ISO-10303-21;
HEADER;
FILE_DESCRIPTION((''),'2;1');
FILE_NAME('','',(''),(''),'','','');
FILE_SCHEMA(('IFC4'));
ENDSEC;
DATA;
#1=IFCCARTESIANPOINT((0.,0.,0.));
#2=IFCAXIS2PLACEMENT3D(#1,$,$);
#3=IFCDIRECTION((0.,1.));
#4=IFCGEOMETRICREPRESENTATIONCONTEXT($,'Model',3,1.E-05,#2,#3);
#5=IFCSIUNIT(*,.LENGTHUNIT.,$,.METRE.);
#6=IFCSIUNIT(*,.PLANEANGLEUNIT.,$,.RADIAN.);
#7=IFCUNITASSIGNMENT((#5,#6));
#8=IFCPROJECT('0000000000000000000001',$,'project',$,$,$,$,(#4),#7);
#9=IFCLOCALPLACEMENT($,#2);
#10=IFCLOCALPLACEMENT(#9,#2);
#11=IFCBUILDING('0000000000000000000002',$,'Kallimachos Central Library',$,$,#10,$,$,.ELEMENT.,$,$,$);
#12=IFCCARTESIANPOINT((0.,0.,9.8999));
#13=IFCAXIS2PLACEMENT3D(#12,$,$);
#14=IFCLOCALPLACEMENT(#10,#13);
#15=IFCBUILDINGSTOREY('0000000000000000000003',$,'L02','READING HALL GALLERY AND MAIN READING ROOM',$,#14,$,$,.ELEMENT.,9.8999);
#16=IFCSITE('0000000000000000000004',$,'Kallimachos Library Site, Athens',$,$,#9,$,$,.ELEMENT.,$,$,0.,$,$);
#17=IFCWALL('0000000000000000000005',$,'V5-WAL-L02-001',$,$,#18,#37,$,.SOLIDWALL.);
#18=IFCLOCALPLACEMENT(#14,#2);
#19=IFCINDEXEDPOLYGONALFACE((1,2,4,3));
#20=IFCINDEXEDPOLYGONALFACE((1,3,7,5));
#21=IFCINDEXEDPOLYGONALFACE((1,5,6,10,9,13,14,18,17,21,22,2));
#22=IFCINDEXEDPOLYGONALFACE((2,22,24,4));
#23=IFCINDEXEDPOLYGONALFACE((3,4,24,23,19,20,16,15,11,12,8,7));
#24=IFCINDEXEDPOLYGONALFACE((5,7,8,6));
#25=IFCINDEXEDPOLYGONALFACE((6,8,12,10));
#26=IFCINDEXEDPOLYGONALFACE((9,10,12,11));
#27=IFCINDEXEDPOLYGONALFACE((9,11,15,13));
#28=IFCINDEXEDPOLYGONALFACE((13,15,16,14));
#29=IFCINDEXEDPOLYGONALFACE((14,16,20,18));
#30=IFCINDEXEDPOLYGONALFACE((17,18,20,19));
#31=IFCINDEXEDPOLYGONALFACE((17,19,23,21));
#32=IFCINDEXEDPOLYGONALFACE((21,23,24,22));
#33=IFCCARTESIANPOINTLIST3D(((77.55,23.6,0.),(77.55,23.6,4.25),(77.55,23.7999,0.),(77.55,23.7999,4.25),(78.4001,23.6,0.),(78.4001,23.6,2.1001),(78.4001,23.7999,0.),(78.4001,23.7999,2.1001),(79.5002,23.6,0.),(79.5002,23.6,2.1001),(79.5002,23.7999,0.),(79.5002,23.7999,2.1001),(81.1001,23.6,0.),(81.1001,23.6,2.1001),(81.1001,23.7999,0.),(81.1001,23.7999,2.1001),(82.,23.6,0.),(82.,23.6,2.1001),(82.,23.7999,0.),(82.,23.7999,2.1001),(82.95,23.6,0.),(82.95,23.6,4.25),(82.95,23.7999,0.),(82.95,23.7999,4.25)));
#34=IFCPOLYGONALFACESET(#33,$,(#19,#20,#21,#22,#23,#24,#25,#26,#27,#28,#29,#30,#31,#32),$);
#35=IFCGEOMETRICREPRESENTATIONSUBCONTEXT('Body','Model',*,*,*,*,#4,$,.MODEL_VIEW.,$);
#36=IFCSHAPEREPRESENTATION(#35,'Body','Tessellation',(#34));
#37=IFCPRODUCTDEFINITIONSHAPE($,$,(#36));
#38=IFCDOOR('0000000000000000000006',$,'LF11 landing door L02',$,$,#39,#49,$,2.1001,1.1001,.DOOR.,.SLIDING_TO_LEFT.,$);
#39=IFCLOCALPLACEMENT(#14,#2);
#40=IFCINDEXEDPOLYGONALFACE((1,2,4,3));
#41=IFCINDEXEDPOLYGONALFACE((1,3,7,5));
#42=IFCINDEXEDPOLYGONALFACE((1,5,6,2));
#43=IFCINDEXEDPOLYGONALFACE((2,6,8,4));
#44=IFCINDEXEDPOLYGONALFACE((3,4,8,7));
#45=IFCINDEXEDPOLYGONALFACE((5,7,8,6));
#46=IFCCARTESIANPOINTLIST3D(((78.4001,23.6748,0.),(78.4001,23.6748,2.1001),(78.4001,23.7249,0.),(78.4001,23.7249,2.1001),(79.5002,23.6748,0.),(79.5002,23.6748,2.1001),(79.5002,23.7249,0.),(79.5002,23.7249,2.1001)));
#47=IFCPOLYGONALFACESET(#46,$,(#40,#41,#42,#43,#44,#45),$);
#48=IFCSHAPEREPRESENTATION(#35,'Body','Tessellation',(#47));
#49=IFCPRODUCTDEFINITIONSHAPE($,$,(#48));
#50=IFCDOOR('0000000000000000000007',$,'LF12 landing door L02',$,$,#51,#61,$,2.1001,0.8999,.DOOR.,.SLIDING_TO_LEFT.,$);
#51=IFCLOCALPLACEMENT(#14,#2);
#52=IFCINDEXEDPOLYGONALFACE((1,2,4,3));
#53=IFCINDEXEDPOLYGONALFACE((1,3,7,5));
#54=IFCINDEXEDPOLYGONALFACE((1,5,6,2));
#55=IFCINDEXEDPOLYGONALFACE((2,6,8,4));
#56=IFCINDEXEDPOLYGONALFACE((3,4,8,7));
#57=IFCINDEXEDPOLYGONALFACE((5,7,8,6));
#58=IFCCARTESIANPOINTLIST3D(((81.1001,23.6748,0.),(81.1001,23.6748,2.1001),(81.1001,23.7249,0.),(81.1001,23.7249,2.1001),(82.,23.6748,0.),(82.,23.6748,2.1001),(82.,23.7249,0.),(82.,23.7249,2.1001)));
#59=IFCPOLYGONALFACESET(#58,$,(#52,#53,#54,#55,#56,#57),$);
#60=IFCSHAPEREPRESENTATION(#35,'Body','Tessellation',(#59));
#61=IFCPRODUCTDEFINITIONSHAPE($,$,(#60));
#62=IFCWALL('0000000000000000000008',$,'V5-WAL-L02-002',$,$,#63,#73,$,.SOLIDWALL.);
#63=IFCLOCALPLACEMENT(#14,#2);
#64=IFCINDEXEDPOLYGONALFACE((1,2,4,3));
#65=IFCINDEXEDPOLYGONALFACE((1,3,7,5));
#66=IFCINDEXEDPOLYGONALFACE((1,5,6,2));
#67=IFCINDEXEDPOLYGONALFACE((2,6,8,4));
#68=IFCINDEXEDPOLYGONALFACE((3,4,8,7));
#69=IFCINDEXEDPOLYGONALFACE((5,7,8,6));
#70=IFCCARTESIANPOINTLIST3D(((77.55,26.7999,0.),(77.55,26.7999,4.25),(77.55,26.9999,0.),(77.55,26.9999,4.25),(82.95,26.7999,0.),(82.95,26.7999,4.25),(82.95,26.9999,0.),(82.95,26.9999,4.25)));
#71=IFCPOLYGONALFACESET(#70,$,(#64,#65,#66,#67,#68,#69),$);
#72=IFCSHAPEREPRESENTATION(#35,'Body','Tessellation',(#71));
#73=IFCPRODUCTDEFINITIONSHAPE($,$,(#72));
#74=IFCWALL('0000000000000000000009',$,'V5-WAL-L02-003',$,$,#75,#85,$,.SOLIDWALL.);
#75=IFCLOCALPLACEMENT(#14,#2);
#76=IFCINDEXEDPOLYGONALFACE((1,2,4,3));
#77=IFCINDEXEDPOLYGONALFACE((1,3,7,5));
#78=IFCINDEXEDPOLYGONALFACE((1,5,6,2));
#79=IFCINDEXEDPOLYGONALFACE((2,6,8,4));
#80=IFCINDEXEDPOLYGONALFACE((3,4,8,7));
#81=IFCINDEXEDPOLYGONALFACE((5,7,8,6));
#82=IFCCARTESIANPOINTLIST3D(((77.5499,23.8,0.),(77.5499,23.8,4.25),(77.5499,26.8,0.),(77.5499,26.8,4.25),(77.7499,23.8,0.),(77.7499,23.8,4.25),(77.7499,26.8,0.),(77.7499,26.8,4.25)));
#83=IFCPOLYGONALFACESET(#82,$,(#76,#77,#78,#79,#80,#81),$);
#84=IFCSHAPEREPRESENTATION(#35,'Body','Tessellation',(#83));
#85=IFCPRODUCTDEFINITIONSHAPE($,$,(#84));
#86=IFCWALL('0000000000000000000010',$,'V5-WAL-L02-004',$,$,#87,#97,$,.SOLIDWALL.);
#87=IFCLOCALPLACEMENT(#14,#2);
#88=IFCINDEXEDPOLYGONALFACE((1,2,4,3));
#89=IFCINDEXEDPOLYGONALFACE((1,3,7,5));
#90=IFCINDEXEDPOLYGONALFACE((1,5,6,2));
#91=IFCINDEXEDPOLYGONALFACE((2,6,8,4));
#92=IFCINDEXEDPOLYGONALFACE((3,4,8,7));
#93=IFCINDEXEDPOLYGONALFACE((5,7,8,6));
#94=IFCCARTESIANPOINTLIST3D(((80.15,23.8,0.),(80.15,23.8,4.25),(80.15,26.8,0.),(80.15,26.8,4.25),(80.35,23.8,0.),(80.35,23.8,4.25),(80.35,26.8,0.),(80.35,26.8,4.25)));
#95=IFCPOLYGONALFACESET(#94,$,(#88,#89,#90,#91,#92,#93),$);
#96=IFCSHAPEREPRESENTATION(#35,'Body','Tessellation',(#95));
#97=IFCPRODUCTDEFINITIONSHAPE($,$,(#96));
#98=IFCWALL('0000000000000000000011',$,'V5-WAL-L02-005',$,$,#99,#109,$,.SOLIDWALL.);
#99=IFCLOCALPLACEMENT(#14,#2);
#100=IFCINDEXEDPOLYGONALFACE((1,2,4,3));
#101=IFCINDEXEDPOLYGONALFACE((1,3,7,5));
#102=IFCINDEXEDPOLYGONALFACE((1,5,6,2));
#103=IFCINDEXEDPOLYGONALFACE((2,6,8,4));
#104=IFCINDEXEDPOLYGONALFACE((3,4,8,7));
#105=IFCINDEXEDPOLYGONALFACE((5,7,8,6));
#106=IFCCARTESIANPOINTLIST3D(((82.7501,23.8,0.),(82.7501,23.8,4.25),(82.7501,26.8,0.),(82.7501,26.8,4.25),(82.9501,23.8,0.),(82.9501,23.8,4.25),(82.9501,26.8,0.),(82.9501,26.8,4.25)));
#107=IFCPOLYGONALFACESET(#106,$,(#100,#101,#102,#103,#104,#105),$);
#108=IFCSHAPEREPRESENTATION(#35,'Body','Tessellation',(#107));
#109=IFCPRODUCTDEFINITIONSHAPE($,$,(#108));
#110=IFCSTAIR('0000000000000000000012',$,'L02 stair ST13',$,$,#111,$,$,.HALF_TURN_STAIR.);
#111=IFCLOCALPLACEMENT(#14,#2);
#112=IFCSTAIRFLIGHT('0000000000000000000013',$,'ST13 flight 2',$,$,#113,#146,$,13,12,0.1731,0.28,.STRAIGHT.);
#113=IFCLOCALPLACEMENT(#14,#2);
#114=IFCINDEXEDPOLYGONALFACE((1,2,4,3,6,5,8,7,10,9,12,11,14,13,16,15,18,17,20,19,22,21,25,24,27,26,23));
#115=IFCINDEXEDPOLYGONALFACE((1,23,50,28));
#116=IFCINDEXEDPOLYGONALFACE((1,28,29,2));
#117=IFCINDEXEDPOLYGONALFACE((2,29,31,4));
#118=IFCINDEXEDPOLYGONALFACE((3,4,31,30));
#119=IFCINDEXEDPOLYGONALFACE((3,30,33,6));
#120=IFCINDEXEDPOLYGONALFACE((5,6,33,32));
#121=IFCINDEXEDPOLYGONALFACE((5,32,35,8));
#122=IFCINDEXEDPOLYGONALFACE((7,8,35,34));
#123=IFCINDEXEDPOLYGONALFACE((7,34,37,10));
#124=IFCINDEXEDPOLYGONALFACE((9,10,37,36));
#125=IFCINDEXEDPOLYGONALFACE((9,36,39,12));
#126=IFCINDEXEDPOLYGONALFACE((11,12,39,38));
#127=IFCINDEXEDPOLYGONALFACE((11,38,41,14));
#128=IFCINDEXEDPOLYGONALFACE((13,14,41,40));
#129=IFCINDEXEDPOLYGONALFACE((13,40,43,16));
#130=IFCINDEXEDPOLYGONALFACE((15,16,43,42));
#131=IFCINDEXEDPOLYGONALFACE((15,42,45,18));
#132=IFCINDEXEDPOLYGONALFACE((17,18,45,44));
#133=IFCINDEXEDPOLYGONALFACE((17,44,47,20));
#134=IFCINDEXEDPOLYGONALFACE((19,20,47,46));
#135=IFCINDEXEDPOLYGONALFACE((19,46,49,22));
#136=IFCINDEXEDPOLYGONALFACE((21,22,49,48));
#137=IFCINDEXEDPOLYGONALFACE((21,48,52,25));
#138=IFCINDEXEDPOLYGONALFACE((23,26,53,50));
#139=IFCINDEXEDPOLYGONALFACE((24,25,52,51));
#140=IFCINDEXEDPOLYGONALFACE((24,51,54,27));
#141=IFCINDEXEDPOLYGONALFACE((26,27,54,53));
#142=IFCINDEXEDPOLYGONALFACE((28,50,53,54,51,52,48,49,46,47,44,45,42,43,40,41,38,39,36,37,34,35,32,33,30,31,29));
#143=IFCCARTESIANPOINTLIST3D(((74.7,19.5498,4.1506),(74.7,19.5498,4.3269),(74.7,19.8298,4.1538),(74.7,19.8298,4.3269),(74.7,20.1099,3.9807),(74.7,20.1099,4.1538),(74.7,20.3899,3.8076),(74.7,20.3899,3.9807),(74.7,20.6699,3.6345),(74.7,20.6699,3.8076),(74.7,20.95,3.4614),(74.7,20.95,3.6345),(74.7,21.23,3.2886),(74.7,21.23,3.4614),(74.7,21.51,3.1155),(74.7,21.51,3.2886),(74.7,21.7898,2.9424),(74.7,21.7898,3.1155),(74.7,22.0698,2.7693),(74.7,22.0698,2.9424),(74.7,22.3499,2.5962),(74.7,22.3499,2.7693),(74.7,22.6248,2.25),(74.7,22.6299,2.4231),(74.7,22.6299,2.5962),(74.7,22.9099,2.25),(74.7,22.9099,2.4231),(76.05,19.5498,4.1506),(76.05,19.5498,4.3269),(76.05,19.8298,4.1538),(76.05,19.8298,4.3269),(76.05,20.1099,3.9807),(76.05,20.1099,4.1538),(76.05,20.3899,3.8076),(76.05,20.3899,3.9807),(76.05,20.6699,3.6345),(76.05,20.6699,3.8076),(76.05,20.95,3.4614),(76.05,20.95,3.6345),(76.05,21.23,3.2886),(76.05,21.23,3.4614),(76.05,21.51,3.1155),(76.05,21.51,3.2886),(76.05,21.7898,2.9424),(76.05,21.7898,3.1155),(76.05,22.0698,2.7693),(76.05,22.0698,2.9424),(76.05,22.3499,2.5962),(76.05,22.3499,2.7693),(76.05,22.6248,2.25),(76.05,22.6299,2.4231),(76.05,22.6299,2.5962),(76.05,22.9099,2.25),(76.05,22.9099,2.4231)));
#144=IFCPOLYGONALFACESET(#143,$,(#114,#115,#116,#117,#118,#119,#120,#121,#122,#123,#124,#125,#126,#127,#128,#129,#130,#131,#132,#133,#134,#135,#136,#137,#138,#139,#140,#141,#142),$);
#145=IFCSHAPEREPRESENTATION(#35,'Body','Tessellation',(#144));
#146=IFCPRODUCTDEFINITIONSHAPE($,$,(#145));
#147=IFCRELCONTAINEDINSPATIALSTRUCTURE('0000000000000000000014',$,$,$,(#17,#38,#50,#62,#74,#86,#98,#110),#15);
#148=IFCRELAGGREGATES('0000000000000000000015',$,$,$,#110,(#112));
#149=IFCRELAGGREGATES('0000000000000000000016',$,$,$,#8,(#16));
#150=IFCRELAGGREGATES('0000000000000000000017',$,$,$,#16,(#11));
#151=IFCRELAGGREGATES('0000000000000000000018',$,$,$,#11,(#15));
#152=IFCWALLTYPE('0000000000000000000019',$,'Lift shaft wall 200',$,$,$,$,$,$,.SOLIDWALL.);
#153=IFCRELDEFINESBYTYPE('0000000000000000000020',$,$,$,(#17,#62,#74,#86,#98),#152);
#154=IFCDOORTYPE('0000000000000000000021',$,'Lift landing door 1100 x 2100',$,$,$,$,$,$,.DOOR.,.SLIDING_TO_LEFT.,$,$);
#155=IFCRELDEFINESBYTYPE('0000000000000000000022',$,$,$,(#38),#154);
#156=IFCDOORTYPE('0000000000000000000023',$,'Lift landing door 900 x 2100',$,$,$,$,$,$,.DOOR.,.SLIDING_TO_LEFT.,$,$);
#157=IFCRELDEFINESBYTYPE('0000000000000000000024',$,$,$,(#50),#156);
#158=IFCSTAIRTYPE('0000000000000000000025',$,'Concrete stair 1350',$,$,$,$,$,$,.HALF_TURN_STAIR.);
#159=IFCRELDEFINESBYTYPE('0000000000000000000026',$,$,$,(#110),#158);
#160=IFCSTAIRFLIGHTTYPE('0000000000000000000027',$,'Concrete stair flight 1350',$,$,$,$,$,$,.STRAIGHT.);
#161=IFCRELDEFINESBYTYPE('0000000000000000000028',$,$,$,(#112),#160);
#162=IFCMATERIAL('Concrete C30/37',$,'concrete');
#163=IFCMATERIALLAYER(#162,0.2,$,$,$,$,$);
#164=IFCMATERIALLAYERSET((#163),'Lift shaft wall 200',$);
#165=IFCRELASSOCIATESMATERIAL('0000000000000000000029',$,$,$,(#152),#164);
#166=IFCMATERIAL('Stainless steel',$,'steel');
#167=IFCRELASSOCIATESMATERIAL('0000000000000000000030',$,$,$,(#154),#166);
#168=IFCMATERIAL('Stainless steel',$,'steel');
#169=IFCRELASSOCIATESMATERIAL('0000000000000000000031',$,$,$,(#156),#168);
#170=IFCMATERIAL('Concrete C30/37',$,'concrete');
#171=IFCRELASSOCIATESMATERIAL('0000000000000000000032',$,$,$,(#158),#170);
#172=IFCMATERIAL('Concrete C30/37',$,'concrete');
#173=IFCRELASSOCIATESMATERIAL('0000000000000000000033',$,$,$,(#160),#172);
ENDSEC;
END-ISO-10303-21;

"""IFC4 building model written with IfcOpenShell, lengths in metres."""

from ifc_helpers import new_model, si_unit, direction, frame, frame_2d, origin, place, context, subcontext, project, spatial, polyline, rectangle, outline, extrude, material, layer, layer_set, type_object, element, fill, aggregate, save


model = new_model("IFC4")

# Units and contexts
model_context = context("Model", 3, precision=1e-05, world=origin(), true_north=direction((0.0, 1.0)))
body_context = subcontext(model_context, "Body", "Model", "MODEL_VIEW")
ifc_project = project(units=[si_unit("LENGTHUNIT", "METRE"), si_unit("PLANEANGLEUNIT", "RADIAN")], contexts=[model_context])

# Site, building, storey
site_placement = place(None, origin())
site = spatial("IfcSite", under=ifc_project, at=site_placement, Name="Kallimachos Library Site, Athens", CompositionType="ELEMENT", RefElevation=0.0)
building_placement = place(site_placement, origin())
building = spatial("IfcBuilding", under=site, at=building_placement, Name="Kallimachos Central Library", CompositionType="ELEMENT")
storey_placement = place(building_placement, frame((0.0, 0.0, 9.8999)))
storey = spatial("IfcBuildingStorey", under=building, at=storey_placement, Name="L02", Description="READING HALL GALLERY AND MAIN READING ROOM", CompositionType="ELEMENT", Elevation=9.8999)

# Wall, openings, doors
ifc_material_1 = material(Name="Concrete C30/37", Category="concrete")
ifc_layer_1 = layer(ifc_material_1, 0.2)
ifc_layer_set_1 = layer_set([ifc_layer_1], Name="Lift shaft wall 200")
wall_type_1 = type_object("IfcWallType", Name="Lift shaft wall 200", PredefinedType="SOLIDWALL", material=ifc_layer_set_1)
wall_1_placement = place(storey_placement, frame((77.55, 23.7, 0.0), z_axis=(0.0, 0.0, 1.0), x_axis=(1.0, 0.0, 0.0)))
wall_1 = element("IfcWall", 1, at=wall_1_placement, inside=storey, type_object=wall_type_1, Name="V5-WAL-L02-001", PredefinedType="SOLIDWALL", context=body_context, shape_type="SweptSolid", body=[
    extrude(rectangle(XDim=5.3999, YDim=0.2, at=frame_2d((2.7, 0.0))), origin(), (0.0, 0.0, 1.0), 4.25),
])
opening_1_placement = place(wall_1_placement, frame((0.8501, 0.0, 0.0)))
opening_1 = element("IfcOpeningElement", 2, at=opening_1_placement, cuts=wall_1, PredefinedType="OPENING", context=body_context, shape_type="SweptSolid", body=[
    extrude(rectangle(XDim=1.1001, YDim=2.1001, at=frame_2d((0.55, 1.05))), frame((0.0, 0.1099, 0.0), z_axis=(0.0, -1.0, 0.0), x_axis=(1.0, 0.0, 0.0)), (0.0, 0.0, 1.0), 0.22),
])
opening_2_placement = place(wall_1_placement, frame((3.55, 0.0, 0.0)))
opening_2 = element("IfcOpeningElement", 3, at=opening_2_placement, cuts=wall_1, PredefinedType="OPENING", context=body_context, shape_type="SweptSolid", body=[
    extrude(rectangle(XDim=0.8999, YDim=2.1001, at=frame_2d((0.45, 1.05))), frame((0.0, 0.1099, 0.0), z_axis=(0.0, -1.0, 0.0), x_axis=(1.0, 0.0, 0.0)), (0.0, 0.0, 1.0), 0.22),
])
ifc_material_2 = material(Name="Stainless steel", Category="steel")
door_type_1 = type_object("IfcDoorType", Name="Lift landing door 1100 x 2100", OperationType="SLIDING_TO_LEFT", PredefinedType="DOOR", material=ifc_material_2)
door_1_placement = place(opening_1_placement, origin())
door_1 = element("IfcDoor", 4, at=door_1_placement, inside=storey, type_object=door_type_1, Name="LF11 landing door L02", OperationType="SLIDING_TO_LEFT", OverallHeight=2.1001, OverallWidth=1.1001, PredefinedType="DOOR", context=body_context, shape_type="SweptSolid", body=[
    extrude(rectangle(XDim=1.1001, YDim=2.1001, at=frame_2d((0.55, 1.05))), frame((0.0, 0.0249, 0.0), z_axis=(0.0, -1.0, 0.0), x_axis=(1.0, 0.0, 0.0)), (0.0, 0.0, 1.0), 0.05),
])
fill(opening_1, door_1)
ifc_material_3 = material(Name="Stainless steel", Category="steel")
door_type_2 = type_object("IfcDoorType", Name="Lift landing door 900 x 2100", OperationType="SLIDING_TO_LEFT", PredefinedType="DOOR", material=ifc_material_3)
door_2_placement = place(opening_2_placement, origin())
door_2 = element("IfcDoor", 5, at=door_2_placement, inside=storey, type_object=door_type_2, Name="LF12 landing door L02", OperationType="SLIDING_TO_LEFT", OverallHeight=2.1001, OverallWidth=0.8999, PredefinedType="DOOR", context=body_context, shape_type="SweptSolid", body=[
    extrude(rectangle(XDim=0.8999, YDim=2.1001, at=frame_2d((0.45, 1.05))), frame((0.0, 0.0249, 0.0), z_axis=(0.0, -1.0, 0.0), x_axis=(1.0, 0.0, 0.0)), (0.0, 0.0, 1.0), 0.05),
])
fill(opening_2, door_2)

# Walls
wall_2_placement = place(storey_placement, frame((77.55, 26.8999, 0.0), z_axis=(0.0, 0.0, 1.0), x_axis=(1.0, 0.0, 0.0)))
element("IfcWall", 6, at=wall_2_placement, inside=storey, type_object=wall_type_1, Name="V5-WAL-L02-002", PredefinedType="SOLIDWALL", context=body_context, shape_type="SweptSolid", body=[
    extrude(rectangle(XDim=5.3999, YDim=0.2, at=frame_2d((2.7, 0.0))), origin(), (0.0, 0.0, 1.0), 4.25),
])
for number, where, z_axis, x_axis, name in (
    (7, (77.6499, 23.8, 0.0), (0.0, 0.0, 1.0), (0.0, 1.0, 0.0), "V5-WAL-L02-003"),
    (8, (80.25, 23.8, 0.0), (0.0, 0.0, 1.0), (0.0, 1.0, 0.0), "V5-WAL-L02-004"),
    (9, (82.8501, 23.8, 0.0), (0.0, 0.0, 1.0), (0.0, 1.0, 0.0), "V5-WAL-L02-005"),
):
    element("IfcWall", number, at=place(storey_placement, frame(where, z_axis=z_axis, x_axis=x_axis)), inside=storey, type_object=wall_type_1, Name=name, PredefinedType="SOLIDWALL", context=body_context, shape_type="SweptSolid", body=[
        extrude(rectangle(XDim=3.0, YDim=0.2, at=frame_2d((1.5, 0.0))), origin(), (0.0, 0.0, 1.0), 4.25),
    ])

# Stair, stair flight
ifc_material_4 = material(Name="Concrete C30/37", Category="concrete")
stair_type = type_object("IfcStairType", Name="Concrete stair 1350", PredefinedType="HALF_TURN_STAIR", material=ifc_material_4)
stair_placement = place(storey_placement, origin())
stair = element("IfcStair", 10, at=stair_placement, inside=storey, type_object=stair_type, Name="L02 stair ST13", PredefinedType="HALF_TURN_STAIR")
ifc_material_5 = material(Name="Concrete C30/37", Category="concrete")
stair_flight_type = type_object("IfcStairFlightType", Name="Concrete stair flight 1350", PredefinedType="STRAIGHT", material=ifc_material_5)
stair_flight_placement = place(storey_placement, frame((75.375, 22.9099, 2.25), z_axis=(0.0, 0.0, 1.0), x_axis=(0.0, -1.0, 0.0)))
stair_flight = element("IfcStairFlight", 11, at=stair_flight_placement, type_object=stair_flight_type, Name="ST13 flight 2", NumberOfRisers=13, NumberOfTreads=12, PredefinedType="STRAIGHT", RiserHeight=0.1731, TreadLength=0.28, context=body_context, shape_type="SweptSolid", body=[
    extrude(outline(polyline([(0.0, 0.0), (0.0, 0.1731), (0.28, 0.1731), (0.28, 0.3462), (0.5601, 0.3462), (0.5601, 0.5193), (0.8401, 0.5193), (0.8401, 0.6924), (1.1201, 0.6924), (1.1201, 0.8655), (1.3999, 0.8655), (1.3999, 1.0386), (1.6799, 1.0386), (1.6799, 1.2114), (1.96, 1.2114), (1.96, 1.3845), (2.24, 1.3845), (2.24, 1.5576), (2.52, 1.5576), (2.52, 1.7307), (2.8, 1.7307), (2.8, 1.9038), (3.0801, 1.9038), (3.0801, 2.0769), (3.3601, 2.0769), (3.3601, 2.25), (3.3601, 1.9006), (0.2852, 0.0), (0.0, 0.0)])), frame((0.0, 0.675, 0.0), z_axis=(0.0, -1.0, 0.0), x_axis=(1.0, 0.0, 0.0)), (0.0, 0.0, 1.0), 1.3501),
])
aggregate(stair, [stair_flight])

save(model, "model.ifc")
